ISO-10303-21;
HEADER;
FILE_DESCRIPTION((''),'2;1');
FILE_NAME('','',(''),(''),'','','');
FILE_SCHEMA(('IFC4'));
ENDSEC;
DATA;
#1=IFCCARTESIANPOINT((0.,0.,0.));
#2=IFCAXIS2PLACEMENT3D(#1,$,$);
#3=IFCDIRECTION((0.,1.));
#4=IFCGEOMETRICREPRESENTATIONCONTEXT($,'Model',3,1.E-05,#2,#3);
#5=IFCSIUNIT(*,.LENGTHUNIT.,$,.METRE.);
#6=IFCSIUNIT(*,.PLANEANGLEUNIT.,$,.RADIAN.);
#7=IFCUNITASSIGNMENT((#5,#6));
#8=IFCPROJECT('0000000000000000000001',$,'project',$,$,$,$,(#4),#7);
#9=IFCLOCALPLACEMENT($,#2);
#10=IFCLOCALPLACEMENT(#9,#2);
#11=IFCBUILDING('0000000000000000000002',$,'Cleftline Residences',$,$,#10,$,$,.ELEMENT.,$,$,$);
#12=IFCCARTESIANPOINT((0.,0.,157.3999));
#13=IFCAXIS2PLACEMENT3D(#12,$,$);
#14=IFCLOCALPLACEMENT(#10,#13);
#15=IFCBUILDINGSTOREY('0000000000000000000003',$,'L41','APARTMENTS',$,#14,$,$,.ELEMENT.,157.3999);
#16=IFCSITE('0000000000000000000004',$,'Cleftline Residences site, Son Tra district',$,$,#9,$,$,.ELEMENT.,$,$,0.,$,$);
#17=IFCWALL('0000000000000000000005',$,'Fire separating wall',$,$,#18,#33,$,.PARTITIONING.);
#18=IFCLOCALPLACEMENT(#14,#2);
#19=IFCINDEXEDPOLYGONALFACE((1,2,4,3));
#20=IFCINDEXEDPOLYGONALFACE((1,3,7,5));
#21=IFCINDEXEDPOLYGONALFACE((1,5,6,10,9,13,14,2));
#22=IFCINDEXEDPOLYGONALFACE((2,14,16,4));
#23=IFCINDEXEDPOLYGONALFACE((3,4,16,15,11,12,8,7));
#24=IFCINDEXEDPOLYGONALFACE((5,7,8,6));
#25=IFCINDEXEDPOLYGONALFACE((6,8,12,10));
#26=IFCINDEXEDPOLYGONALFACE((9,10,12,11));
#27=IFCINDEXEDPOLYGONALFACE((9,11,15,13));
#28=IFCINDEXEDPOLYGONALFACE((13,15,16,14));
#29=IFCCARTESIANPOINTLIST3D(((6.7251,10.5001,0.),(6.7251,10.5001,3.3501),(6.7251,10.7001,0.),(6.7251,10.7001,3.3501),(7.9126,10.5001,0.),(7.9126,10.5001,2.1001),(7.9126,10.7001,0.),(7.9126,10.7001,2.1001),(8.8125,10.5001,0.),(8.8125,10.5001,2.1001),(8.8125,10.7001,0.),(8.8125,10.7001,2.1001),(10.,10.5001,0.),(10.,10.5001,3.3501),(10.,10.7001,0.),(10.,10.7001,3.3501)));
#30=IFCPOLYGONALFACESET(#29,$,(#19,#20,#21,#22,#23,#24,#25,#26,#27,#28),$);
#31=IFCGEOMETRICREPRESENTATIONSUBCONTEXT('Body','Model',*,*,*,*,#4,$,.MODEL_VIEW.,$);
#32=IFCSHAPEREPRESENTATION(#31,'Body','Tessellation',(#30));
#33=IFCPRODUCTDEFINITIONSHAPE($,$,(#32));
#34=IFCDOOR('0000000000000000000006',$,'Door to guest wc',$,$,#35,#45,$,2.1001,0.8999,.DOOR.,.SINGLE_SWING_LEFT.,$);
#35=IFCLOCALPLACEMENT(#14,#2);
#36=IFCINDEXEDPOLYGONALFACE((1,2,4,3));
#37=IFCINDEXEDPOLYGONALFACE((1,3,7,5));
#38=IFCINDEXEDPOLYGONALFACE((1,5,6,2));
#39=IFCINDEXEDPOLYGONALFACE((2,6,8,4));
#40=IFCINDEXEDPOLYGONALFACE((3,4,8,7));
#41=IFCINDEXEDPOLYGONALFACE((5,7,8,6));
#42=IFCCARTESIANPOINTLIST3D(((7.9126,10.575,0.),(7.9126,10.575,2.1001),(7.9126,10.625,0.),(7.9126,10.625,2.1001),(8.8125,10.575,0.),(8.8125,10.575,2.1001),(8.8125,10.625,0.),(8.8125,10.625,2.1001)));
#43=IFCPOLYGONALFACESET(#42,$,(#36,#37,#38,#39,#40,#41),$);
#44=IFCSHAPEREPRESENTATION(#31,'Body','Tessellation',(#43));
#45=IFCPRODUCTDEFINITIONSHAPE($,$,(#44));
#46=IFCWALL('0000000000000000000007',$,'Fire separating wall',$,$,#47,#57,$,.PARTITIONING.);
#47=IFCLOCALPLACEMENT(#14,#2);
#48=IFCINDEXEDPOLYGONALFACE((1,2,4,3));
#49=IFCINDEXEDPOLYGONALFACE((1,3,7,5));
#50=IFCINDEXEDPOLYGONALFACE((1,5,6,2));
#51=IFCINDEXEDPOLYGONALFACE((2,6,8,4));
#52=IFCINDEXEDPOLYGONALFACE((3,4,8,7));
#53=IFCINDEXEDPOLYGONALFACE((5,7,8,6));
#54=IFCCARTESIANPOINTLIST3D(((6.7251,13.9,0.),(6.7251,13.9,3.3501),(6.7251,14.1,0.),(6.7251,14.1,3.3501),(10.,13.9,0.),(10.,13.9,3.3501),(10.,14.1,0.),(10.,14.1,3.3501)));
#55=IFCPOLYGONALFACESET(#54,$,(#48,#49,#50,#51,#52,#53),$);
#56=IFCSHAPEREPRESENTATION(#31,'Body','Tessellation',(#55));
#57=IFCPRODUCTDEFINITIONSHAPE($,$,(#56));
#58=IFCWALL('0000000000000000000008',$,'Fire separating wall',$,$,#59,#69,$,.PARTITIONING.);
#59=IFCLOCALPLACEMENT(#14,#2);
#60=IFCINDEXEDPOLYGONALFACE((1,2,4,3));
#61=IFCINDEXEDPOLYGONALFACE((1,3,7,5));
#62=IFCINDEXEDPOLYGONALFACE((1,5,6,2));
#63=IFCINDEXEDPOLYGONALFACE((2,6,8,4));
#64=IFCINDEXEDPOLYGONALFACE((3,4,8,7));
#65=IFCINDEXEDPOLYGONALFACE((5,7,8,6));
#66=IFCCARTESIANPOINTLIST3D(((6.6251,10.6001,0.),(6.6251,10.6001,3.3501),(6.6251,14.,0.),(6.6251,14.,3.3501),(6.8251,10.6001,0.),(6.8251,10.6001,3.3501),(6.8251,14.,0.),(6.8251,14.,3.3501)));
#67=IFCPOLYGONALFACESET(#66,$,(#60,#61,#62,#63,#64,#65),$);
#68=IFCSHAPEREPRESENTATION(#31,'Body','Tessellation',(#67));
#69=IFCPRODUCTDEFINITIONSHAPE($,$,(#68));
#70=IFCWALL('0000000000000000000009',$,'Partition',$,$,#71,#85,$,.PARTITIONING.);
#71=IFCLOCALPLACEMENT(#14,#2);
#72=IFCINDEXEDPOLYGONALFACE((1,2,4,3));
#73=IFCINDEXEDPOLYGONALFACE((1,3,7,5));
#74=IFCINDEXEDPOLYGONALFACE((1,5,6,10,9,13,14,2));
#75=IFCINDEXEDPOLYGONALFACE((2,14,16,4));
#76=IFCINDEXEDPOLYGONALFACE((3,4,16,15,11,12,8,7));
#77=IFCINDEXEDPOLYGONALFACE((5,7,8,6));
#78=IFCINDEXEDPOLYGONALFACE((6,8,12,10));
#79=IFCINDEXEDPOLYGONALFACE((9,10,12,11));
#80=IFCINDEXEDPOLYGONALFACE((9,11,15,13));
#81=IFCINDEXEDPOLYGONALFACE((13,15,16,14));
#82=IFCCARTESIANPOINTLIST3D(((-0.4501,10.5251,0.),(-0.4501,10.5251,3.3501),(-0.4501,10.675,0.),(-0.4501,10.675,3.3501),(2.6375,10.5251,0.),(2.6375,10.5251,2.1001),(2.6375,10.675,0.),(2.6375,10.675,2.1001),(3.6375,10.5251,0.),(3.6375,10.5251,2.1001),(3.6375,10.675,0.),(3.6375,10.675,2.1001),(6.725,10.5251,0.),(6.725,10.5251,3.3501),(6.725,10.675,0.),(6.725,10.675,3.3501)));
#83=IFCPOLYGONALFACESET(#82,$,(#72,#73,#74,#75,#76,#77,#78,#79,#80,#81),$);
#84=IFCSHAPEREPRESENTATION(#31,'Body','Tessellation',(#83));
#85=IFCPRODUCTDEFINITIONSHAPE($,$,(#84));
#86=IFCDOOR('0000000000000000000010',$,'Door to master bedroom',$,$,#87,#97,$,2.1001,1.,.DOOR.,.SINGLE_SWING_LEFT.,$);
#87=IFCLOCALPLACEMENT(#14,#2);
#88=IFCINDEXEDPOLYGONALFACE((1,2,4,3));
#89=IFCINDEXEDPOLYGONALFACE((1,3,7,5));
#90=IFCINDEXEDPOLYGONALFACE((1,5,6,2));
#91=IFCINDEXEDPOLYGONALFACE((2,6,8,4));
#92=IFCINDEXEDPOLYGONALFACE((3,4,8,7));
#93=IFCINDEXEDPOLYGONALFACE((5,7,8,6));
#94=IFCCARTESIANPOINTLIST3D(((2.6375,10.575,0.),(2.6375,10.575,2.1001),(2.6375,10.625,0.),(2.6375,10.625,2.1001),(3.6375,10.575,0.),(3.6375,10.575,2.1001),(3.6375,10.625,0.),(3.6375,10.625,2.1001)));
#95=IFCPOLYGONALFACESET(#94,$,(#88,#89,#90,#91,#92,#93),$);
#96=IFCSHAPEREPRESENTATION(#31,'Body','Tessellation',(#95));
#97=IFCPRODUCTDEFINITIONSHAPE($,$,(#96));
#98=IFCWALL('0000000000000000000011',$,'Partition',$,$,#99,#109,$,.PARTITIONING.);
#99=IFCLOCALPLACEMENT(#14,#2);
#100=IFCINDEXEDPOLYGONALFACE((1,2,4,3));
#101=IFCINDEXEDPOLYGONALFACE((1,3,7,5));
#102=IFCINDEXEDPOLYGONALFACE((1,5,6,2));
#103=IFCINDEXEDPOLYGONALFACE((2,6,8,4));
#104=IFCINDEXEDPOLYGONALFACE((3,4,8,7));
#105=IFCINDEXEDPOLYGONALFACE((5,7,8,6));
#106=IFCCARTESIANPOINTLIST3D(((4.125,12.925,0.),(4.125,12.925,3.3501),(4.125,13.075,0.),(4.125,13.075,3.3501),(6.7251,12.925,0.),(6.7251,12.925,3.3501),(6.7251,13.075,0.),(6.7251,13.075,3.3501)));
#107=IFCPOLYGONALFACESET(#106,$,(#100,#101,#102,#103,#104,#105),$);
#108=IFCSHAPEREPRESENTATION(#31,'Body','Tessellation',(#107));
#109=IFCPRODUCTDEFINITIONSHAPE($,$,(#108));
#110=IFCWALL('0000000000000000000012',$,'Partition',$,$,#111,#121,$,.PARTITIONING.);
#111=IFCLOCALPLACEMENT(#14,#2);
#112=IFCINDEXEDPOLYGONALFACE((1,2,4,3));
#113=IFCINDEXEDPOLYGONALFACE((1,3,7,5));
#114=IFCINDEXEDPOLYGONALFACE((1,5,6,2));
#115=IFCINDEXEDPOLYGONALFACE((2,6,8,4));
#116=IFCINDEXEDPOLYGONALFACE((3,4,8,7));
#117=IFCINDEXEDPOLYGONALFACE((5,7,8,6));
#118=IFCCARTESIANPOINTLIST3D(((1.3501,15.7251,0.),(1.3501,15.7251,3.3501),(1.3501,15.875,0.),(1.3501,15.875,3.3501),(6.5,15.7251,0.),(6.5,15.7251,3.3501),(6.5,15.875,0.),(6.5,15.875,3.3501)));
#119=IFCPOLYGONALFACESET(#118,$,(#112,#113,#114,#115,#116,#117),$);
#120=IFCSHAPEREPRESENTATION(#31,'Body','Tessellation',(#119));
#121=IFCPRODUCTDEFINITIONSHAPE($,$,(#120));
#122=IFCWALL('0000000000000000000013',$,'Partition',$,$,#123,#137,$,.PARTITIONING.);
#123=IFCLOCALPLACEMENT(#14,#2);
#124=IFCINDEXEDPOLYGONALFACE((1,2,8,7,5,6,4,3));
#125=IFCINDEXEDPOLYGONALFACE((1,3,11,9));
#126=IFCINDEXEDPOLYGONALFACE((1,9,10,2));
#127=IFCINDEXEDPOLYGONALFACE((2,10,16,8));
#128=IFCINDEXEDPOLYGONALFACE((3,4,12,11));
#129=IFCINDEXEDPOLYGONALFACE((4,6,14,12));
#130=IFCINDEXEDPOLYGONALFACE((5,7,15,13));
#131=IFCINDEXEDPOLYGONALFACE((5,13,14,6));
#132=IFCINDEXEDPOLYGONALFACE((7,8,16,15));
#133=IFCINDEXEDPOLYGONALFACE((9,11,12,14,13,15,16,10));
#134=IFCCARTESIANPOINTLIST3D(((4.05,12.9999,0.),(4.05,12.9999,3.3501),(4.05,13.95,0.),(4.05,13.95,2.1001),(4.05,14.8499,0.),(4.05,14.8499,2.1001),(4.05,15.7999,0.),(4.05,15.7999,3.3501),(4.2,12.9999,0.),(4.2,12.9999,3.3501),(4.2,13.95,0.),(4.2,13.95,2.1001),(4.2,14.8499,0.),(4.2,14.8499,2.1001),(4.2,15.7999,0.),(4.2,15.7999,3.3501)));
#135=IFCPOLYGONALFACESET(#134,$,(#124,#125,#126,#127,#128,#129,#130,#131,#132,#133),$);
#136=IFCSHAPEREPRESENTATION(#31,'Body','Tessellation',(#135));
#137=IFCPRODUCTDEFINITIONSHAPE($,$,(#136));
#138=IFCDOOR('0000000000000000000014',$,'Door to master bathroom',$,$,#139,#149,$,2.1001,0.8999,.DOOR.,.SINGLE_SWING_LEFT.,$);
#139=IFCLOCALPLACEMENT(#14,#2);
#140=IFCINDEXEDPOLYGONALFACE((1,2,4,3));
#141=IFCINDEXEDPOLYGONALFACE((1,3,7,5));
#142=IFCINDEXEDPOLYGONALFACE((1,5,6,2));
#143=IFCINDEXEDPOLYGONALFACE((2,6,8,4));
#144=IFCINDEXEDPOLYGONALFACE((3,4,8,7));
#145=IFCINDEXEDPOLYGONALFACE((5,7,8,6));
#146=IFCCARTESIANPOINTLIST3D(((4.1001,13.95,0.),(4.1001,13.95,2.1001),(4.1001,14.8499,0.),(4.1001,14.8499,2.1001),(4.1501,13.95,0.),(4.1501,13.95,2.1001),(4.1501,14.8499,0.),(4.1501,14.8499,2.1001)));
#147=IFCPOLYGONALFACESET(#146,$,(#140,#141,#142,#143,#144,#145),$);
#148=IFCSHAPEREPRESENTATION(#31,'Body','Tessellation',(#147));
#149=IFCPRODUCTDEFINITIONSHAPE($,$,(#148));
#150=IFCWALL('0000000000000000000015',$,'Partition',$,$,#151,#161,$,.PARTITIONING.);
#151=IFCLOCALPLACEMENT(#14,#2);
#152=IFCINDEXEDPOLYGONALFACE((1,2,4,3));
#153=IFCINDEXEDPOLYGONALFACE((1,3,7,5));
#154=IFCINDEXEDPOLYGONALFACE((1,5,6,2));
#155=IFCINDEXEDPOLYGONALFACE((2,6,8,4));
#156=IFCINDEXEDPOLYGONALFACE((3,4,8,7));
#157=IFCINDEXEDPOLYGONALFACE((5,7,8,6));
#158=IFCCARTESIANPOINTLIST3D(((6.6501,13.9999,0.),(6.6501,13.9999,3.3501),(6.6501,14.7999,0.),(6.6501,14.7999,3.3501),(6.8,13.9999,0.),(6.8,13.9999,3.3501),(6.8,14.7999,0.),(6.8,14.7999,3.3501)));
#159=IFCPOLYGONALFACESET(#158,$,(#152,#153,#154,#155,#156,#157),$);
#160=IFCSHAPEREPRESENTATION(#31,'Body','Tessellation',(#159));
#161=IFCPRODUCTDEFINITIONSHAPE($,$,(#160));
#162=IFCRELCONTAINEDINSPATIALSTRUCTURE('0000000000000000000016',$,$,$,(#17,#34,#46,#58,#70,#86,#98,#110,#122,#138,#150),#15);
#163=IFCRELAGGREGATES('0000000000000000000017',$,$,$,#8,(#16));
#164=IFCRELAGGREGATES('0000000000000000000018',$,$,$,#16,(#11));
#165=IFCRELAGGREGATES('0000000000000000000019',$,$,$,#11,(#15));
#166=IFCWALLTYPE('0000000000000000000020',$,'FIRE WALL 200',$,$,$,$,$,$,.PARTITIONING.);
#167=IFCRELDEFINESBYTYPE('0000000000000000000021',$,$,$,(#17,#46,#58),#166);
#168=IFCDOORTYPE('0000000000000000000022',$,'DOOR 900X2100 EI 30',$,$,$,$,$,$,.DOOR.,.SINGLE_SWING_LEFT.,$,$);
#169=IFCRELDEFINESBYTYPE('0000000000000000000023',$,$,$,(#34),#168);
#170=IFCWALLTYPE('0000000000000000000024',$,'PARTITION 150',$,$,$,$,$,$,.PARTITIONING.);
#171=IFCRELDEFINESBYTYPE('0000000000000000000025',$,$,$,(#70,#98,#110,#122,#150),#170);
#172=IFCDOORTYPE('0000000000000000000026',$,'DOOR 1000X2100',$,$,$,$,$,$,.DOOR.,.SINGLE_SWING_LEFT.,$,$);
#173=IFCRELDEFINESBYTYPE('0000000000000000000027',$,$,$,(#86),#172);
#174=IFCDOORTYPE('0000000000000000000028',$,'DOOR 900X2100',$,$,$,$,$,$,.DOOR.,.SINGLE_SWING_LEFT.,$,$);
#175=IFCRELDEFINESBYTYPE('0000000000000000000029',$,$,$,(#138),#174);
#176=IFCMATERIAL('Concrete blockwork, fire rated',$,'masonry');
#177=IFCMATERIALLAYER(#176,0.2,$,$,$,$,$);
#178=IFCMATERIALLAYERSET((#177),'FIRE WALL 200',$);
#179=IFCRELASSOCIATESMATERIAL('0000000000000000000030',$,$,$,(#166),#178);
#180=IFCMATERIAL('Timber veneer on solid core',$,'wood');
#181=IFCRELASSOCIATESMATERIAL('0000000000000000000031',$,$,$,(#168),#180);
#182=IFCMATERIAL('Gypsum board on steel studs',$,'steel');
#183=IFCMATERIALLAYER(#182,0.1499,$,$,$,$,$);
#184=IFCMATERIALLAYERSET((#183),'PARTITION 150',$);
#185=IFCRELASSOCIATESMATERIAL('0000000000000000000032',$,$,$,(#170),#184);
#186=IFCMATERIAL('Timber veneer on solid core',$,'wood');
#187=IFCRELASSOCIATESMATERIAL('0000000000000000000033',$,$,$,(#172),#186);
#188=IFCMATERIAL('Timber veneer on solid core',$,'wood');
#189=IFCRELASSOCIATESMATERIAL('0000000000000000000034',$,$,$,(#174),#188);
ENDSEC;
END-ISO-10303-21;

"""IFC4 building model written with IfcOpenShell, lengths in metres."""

from ifc_helpers import new_model, si_unit, direction, frame, frame_2d, origin, place, context, subcontext, project, spatial, rectangle, extrude, material, layer, layer_set, type_object, element, fill, save


model = new_model("IFC4")

# Units and contexts
model_context = context("Model", 3, precision=1e-05, world=origin(), true_north=direction((0.0, 1.0)))
body_context = subcontext(model_context, "Body", "Model", "MODEL_VIEW")
ifc_project = project(units=[si_unit("LENGTHUNIT", "METRE"), si_unit("PLANEANGLEUNIT", "RADIAN")], contexts=[model_context])

# Site, building, storey
site_placement = place(None, origin())
site = spatial("IfcSite", under=ifc_project, at=site_placement, Name="Cleftline Residences site, Son Tra district", CompositionType="ELEMENT", RefElevation=0.0)
building_placement = place(site_placement, origin())
building = spatial("IfcBuilding", under=site, at=building_placement, Name="Cleftline Residences", CompositionType="ELEMENT")
storey_placement = place(building_placement, frame((0.0, 0.0, 157.3999)))
storey = spatial("IfcBuildingStorey", under=building, at=storey_placement, Name="L41", Description="APARTMENTS", CompositionType="ELEMENT", Elevation=157.3999)

# Wall, opening, door
ifc_material_1 = material(Name="Concrete blockwork, fire rated", Category="masonry")
ifc_layer_1 = layer(ifc_material_1, 0.2)
ifc_layer_set_1 = layer_set([ifc_layer_1], Name="FIRE WALL 200")
wall_type_1 = type_object("IfcWallType", Name="FIRE WALL 200", PredefinedType="PARTITIONING", material=ifc_layer_set_1)
wall_1_placement = place(storey_placement, frame((6.7251, 10.6001, 0.0), z_axis=(0.0, 0.0, 1.0), x_axis=(1.0, 0.0, 0.0)))
wall_1 = element("IfcWall", 1, at=wall_1_placement, inside=storey, type_object=wall_type_1, Name="Fire separating wall", PredefinedType="PARTITIONING", context=body_context, shape_type="SweptSolid", body=[
    extrude(rectangle(XDim=3.2749, YDim=0.2, at=frame_2d((1.6375, 0.0))), origin(), (0.0, 0.0, 1.0), 3.3501),
])
opening_1_placement = place(wall_1_placement, frame((1.1875, 0.0, 0.0)))
opening_1 = element("IfcOpeningElement", 2, at=opening_1_placement, cuts=wall_1, PredefinedType="OPENING", context=body_context, shape_type="SweptSolid", body=[
    extrude(rectangle(XDim=0.8999, YDim=2.1001, at=frame_2d((0.45, 1.05))), frame((0.0, 0.1099, 0.0), z_axis=(0.0, -1.0, 0.0), x_axis=(1.0, 0.0, 0.0)), (0.0, 0.0, 1.0), 0.22),
])
ifc_material_2 = material(Name="Timber veneer on solid core", Category="wood")
door_type_1 = type_object("IfcDoorType", Name="DOOR 900X2100 EI 30", OperationType="SINGLE_SWING_LEFT", PredefinedType="DOOR", material=ifc_material_2)
door_1_placement = place(opening_1_placement, origin())
door_1 = element("IfcDoor", 3, at=door_1_placement, inside=storey, type_object=door_type_1, Name="Door to guest wc", OperationType="SINGLE_SWING_LEFT", OverallHeight=2.1001, OverallWidth=0.8999, PredefinedType="DOOR", context=body_context, shape_type="SweptSolid", body=[
    extrude(rectangle(XDim=0.8999, YDim=2.1001, at=frame_2d((0.45, 1.05))), frame((0.0, 0.0249, 0.0), z_axis=(0.0, -1.0, 0.0), x_axis=(1.0, 0.0, 0.0)), (0.0, 0.0, 1.0), 0.05),
])
fill(opening_1, door_1)

# Walls
wall_2_placement = place(storey_placement, frame((6.7251, 14.0, 0.0), z_axis=(0.0, 0.0, 1.0), x_axis=(1.0, 0.0, 0.0)))
element("IfcWall", 4, at=wall_2_placement, inside=storey, type_object=wall_type_1, Name="Fire separating wall", PredefinedType="PARTITIONING", context=body_context, shape_type="SweptSolid", body=[
    extrude(rectangle(XDim=3.2749, YDim=0.2, at=frame_2d((1.6375, 0.0))), origin(), (0.0, 0.0, 1.0), 3.3501),
])
wall_3_placement = place(storey_placement, frame((6.7251, 10.6001, 0.0), z_axis=(0.0, 0.0, 1.0), x_axis=(0.0, 1.0, 0.0)))
element("IfcWall", 5, at=wall_3_placement, inside=storey, type_object=wall_type_1, Name="Fire separating wall", PredefinedType="PARTITIONING", context=body_context, shape_type="SweptSolid", body=[
    extrude(rectangle(XDim=3.3999, YDim=0.2, at=frame_2d((1.7, 0.0))), origin(), (0.0, 0.0, 1.0), 3.3501),
])

# Wall, opening, door
ifc_material_3 = material(Name="Gypsum board on steel studs", Category="steel")
ifc_layer_2 = layer(ifc_material_3, 0.1499)
ifc_layer_set_2 = layer_set([ifc_layer_2], Name="PARTITION 150")
wall_type_2 = type_object("IfcWallType", Name="PARTITION 150", PredefinedType="PARTITIONING", material=ifc_layer_set_2)
wall_4_placement = place(storey_placement, frame((-0.45, 10.6001, 0.0), z_axis=(0.0, 0.0, 1.0), x_axis=(1.0, 0.0, 0.0)))
wall_4 = element("IfcWall", 6, at=wall_4_placement, inside=storey, type_object=wall_type_2, Name="Partition", PredefinedType="PARTITIONING", context=body_context, shape_type="SweptSolid", body=[
    extrude(rectangle(XDim=7.175, YDim=0.1499, at=frame_2d((3.5874, 0.0))), origin(), (0.0, 0.0, 1.0), 3.3501),
])
opening_2_placement = place(wall_4_placement, frame((3.0874, 0.0, 0.0)))
opening_2 = element("IfcOpeningElement", 7, at=opening_2_placement, cuts=wall_4, PredefinedType="OPENING", context=body_context, shape_type="SweptSolid", body=[
    extrude(rectangle(XDim=1.0, YDim=2.1001, at=frame_2d((0.5, 1.05))), frame((0.0, 0.085, 0.0), z_axis=(0.0, -1.0, 0.0), x_axis=(1.0, 0.0, 0.0)), (0.0, 0.0, 1.0), 0.1699),
])
ifc_material_4 = material(Name="Timber veneer on solid core", Category="wood")
door_type_2 = type_object("IfcDoorType", Name="DOOR 1000X2100", OperationType="SINGLE_SWING_LEFT", PredefinedType="DOOR", material=ifc_material_4)
door_2_placement = place(opening_2_placement, origin())
door_2 = element("IfcDoor", 8, at=door_2_placement, inside=storey, type_object=door_type_2, Name="Door to master bedroom", OperationType="SINGLE_SWING_LEFT", OverallHeight=2.1001, OverallWidth=1.0, PredefinedType="DOOR", context=body_context, shape_type="SweptSolid", body=[
    extrude(rectangle(XDim=1.0, YDim=2.1001, at=frame_2d((0.5, 1.05))), frame((0.0, 0.0249, 0.0), z_axis=(0.0, -1.0, 0.0), x_axis=(1.0, 0.0, 0.0)), (0.0, 0.0, 1.0), 0.05),
])
fill(opening_2, door_2)

# Walls
wall_5_placement = place(storey_placement, frame((4.125, 13.0, 0.0), z_axis=(0.0, 0.0, 1.0), x_axis=(1.0, 0.0, 0.0)))
element("IfcWall", 9, at=wall_5_placement, inside=storey, type_object=wall_type_2, Name="Partition", PredefinedType="PARTITIONING", context=body_context, shape_type="SweptSolid", body=[
    extrude(rectangle(XDim=2.6001, YDim=0.1499, at=frame_2d((1.3, 0.0))), origin(), (0.0, 0.0, 1.0), 3.3501),
])
wall_6_placement = place(storey_placement, frame((1.3501, 15.8, 0.0), z_axis=(0.0, 0.0, 1.0), x_axis=(1.0, 0.0, 0.0)))
element("IfcWall", 10, at=wall_6_placement, inside=storey, type_object=wall_type_2, Name="Partition", PredefinedType="PARTITIONING", context=body_context, shape_type="SweptSolid", body=[
    extrude(rectangle(XDim=5.1499, YDim=0.1499, at=frame_2d((2.575, 0.0))), origin(), (0.0, 0.0, 1.0), 3.3501),
])

# Wall, opening, door
wall_7_placement = place(storey_placement, frame((4.125, 13.0, 0.0), z_axis=(0.0, 0.0, 1.0), x_axis=(0.0, 1.0, 0.0)))
wall_7 = element("IfcWall", 11, at=wall_7_placement, inside=storey, type_object=wall_type_2, Name="Partition", PredefinedType="PARTITIONING", context=body_context, shape_type="SweptSolid", body=[
    extrude(rectangle(XDim=2.8, YDim=0.1499, at=frame_2d((1.3999, 0.0))), origin(), (0.0, 0.0, 1.0), 3.3501),
])
opening_3_placement = place(wall_7_placement, frame((0.95, 0.0, 0.0)))
opening_3 = element("IfcOpeningElement", 12, at=opening_3_placement, cuts=wall_7, PredefinedType="OPENING", context=body_context, shape_type="SweptSolid", body=[
    extrude(rectangle(XDim=0.8999, YDim=2.1001, at=frame_2d((0.45, 1.05))), frame((0.0, 0.085, 0.0), z_axis=(0.0, -1.0, 0.0), x_axis=(1.0, 0.0, 0.0)), (0.0, 0.0, 1.0), 0.1699),
])
ifc_material_5 = material(Name="Timber veneer on solid core", Category="wood")
door_type_3 = type_object("IfcDoorType", Name="DOOR 900X2100", OperationType="SINGLE_SWING_LEFT", PredefinedType="DOOR", material=ifc_material_5)
door_3_placement = place(opening_3_placement, origin())
door_3 = element("IfcDoor", 13, at=door_3_placement, inside=storey, type_object=door_type_3, Name="Door to master bathroom", OperationType="SINGLE_SWING_LEFT", OverallHeight=2.1001, OverallWidth=0.8999, PredefinedType="DOOR", context=body_context, shape_type="SweptSolid", body=[
    extrude(rectangle(XDim=0.8999, YDim=2.1001, at=frame_2d((0.45, 1.05))), frame((0.0, 0.0249, 0.0), z_axis=(0.0, -1.0, 0.0), x_axis=(1.0, 0.0, 0.0)), (0.0, 0.0, 1.0), 0.05),
])
fill(opening_3, door_3)

# Wall
wall_8_placement = place(storey_placement, frame((6.7251, 14.0, 0.0), z_axis=(0.0, 0.0, 1.0), x_axis=(0.0, 1.0, 0.0)))
element("IfcWall", 14, at=wall_8_placement, inside=storey, type_object=wall_type_2, Name="Partition", PredefinedType="PARTITIONING", context=body_context, shape_type="SweptSolid", body=[
    extrude(rectangle(XDim=0.8, YDim=0.1499, at=frame_2d((0.3999, 0.0))), origin(), (0.0, 0.0, 1.0), 3.3501),
])

save(model, "model.ifc")
